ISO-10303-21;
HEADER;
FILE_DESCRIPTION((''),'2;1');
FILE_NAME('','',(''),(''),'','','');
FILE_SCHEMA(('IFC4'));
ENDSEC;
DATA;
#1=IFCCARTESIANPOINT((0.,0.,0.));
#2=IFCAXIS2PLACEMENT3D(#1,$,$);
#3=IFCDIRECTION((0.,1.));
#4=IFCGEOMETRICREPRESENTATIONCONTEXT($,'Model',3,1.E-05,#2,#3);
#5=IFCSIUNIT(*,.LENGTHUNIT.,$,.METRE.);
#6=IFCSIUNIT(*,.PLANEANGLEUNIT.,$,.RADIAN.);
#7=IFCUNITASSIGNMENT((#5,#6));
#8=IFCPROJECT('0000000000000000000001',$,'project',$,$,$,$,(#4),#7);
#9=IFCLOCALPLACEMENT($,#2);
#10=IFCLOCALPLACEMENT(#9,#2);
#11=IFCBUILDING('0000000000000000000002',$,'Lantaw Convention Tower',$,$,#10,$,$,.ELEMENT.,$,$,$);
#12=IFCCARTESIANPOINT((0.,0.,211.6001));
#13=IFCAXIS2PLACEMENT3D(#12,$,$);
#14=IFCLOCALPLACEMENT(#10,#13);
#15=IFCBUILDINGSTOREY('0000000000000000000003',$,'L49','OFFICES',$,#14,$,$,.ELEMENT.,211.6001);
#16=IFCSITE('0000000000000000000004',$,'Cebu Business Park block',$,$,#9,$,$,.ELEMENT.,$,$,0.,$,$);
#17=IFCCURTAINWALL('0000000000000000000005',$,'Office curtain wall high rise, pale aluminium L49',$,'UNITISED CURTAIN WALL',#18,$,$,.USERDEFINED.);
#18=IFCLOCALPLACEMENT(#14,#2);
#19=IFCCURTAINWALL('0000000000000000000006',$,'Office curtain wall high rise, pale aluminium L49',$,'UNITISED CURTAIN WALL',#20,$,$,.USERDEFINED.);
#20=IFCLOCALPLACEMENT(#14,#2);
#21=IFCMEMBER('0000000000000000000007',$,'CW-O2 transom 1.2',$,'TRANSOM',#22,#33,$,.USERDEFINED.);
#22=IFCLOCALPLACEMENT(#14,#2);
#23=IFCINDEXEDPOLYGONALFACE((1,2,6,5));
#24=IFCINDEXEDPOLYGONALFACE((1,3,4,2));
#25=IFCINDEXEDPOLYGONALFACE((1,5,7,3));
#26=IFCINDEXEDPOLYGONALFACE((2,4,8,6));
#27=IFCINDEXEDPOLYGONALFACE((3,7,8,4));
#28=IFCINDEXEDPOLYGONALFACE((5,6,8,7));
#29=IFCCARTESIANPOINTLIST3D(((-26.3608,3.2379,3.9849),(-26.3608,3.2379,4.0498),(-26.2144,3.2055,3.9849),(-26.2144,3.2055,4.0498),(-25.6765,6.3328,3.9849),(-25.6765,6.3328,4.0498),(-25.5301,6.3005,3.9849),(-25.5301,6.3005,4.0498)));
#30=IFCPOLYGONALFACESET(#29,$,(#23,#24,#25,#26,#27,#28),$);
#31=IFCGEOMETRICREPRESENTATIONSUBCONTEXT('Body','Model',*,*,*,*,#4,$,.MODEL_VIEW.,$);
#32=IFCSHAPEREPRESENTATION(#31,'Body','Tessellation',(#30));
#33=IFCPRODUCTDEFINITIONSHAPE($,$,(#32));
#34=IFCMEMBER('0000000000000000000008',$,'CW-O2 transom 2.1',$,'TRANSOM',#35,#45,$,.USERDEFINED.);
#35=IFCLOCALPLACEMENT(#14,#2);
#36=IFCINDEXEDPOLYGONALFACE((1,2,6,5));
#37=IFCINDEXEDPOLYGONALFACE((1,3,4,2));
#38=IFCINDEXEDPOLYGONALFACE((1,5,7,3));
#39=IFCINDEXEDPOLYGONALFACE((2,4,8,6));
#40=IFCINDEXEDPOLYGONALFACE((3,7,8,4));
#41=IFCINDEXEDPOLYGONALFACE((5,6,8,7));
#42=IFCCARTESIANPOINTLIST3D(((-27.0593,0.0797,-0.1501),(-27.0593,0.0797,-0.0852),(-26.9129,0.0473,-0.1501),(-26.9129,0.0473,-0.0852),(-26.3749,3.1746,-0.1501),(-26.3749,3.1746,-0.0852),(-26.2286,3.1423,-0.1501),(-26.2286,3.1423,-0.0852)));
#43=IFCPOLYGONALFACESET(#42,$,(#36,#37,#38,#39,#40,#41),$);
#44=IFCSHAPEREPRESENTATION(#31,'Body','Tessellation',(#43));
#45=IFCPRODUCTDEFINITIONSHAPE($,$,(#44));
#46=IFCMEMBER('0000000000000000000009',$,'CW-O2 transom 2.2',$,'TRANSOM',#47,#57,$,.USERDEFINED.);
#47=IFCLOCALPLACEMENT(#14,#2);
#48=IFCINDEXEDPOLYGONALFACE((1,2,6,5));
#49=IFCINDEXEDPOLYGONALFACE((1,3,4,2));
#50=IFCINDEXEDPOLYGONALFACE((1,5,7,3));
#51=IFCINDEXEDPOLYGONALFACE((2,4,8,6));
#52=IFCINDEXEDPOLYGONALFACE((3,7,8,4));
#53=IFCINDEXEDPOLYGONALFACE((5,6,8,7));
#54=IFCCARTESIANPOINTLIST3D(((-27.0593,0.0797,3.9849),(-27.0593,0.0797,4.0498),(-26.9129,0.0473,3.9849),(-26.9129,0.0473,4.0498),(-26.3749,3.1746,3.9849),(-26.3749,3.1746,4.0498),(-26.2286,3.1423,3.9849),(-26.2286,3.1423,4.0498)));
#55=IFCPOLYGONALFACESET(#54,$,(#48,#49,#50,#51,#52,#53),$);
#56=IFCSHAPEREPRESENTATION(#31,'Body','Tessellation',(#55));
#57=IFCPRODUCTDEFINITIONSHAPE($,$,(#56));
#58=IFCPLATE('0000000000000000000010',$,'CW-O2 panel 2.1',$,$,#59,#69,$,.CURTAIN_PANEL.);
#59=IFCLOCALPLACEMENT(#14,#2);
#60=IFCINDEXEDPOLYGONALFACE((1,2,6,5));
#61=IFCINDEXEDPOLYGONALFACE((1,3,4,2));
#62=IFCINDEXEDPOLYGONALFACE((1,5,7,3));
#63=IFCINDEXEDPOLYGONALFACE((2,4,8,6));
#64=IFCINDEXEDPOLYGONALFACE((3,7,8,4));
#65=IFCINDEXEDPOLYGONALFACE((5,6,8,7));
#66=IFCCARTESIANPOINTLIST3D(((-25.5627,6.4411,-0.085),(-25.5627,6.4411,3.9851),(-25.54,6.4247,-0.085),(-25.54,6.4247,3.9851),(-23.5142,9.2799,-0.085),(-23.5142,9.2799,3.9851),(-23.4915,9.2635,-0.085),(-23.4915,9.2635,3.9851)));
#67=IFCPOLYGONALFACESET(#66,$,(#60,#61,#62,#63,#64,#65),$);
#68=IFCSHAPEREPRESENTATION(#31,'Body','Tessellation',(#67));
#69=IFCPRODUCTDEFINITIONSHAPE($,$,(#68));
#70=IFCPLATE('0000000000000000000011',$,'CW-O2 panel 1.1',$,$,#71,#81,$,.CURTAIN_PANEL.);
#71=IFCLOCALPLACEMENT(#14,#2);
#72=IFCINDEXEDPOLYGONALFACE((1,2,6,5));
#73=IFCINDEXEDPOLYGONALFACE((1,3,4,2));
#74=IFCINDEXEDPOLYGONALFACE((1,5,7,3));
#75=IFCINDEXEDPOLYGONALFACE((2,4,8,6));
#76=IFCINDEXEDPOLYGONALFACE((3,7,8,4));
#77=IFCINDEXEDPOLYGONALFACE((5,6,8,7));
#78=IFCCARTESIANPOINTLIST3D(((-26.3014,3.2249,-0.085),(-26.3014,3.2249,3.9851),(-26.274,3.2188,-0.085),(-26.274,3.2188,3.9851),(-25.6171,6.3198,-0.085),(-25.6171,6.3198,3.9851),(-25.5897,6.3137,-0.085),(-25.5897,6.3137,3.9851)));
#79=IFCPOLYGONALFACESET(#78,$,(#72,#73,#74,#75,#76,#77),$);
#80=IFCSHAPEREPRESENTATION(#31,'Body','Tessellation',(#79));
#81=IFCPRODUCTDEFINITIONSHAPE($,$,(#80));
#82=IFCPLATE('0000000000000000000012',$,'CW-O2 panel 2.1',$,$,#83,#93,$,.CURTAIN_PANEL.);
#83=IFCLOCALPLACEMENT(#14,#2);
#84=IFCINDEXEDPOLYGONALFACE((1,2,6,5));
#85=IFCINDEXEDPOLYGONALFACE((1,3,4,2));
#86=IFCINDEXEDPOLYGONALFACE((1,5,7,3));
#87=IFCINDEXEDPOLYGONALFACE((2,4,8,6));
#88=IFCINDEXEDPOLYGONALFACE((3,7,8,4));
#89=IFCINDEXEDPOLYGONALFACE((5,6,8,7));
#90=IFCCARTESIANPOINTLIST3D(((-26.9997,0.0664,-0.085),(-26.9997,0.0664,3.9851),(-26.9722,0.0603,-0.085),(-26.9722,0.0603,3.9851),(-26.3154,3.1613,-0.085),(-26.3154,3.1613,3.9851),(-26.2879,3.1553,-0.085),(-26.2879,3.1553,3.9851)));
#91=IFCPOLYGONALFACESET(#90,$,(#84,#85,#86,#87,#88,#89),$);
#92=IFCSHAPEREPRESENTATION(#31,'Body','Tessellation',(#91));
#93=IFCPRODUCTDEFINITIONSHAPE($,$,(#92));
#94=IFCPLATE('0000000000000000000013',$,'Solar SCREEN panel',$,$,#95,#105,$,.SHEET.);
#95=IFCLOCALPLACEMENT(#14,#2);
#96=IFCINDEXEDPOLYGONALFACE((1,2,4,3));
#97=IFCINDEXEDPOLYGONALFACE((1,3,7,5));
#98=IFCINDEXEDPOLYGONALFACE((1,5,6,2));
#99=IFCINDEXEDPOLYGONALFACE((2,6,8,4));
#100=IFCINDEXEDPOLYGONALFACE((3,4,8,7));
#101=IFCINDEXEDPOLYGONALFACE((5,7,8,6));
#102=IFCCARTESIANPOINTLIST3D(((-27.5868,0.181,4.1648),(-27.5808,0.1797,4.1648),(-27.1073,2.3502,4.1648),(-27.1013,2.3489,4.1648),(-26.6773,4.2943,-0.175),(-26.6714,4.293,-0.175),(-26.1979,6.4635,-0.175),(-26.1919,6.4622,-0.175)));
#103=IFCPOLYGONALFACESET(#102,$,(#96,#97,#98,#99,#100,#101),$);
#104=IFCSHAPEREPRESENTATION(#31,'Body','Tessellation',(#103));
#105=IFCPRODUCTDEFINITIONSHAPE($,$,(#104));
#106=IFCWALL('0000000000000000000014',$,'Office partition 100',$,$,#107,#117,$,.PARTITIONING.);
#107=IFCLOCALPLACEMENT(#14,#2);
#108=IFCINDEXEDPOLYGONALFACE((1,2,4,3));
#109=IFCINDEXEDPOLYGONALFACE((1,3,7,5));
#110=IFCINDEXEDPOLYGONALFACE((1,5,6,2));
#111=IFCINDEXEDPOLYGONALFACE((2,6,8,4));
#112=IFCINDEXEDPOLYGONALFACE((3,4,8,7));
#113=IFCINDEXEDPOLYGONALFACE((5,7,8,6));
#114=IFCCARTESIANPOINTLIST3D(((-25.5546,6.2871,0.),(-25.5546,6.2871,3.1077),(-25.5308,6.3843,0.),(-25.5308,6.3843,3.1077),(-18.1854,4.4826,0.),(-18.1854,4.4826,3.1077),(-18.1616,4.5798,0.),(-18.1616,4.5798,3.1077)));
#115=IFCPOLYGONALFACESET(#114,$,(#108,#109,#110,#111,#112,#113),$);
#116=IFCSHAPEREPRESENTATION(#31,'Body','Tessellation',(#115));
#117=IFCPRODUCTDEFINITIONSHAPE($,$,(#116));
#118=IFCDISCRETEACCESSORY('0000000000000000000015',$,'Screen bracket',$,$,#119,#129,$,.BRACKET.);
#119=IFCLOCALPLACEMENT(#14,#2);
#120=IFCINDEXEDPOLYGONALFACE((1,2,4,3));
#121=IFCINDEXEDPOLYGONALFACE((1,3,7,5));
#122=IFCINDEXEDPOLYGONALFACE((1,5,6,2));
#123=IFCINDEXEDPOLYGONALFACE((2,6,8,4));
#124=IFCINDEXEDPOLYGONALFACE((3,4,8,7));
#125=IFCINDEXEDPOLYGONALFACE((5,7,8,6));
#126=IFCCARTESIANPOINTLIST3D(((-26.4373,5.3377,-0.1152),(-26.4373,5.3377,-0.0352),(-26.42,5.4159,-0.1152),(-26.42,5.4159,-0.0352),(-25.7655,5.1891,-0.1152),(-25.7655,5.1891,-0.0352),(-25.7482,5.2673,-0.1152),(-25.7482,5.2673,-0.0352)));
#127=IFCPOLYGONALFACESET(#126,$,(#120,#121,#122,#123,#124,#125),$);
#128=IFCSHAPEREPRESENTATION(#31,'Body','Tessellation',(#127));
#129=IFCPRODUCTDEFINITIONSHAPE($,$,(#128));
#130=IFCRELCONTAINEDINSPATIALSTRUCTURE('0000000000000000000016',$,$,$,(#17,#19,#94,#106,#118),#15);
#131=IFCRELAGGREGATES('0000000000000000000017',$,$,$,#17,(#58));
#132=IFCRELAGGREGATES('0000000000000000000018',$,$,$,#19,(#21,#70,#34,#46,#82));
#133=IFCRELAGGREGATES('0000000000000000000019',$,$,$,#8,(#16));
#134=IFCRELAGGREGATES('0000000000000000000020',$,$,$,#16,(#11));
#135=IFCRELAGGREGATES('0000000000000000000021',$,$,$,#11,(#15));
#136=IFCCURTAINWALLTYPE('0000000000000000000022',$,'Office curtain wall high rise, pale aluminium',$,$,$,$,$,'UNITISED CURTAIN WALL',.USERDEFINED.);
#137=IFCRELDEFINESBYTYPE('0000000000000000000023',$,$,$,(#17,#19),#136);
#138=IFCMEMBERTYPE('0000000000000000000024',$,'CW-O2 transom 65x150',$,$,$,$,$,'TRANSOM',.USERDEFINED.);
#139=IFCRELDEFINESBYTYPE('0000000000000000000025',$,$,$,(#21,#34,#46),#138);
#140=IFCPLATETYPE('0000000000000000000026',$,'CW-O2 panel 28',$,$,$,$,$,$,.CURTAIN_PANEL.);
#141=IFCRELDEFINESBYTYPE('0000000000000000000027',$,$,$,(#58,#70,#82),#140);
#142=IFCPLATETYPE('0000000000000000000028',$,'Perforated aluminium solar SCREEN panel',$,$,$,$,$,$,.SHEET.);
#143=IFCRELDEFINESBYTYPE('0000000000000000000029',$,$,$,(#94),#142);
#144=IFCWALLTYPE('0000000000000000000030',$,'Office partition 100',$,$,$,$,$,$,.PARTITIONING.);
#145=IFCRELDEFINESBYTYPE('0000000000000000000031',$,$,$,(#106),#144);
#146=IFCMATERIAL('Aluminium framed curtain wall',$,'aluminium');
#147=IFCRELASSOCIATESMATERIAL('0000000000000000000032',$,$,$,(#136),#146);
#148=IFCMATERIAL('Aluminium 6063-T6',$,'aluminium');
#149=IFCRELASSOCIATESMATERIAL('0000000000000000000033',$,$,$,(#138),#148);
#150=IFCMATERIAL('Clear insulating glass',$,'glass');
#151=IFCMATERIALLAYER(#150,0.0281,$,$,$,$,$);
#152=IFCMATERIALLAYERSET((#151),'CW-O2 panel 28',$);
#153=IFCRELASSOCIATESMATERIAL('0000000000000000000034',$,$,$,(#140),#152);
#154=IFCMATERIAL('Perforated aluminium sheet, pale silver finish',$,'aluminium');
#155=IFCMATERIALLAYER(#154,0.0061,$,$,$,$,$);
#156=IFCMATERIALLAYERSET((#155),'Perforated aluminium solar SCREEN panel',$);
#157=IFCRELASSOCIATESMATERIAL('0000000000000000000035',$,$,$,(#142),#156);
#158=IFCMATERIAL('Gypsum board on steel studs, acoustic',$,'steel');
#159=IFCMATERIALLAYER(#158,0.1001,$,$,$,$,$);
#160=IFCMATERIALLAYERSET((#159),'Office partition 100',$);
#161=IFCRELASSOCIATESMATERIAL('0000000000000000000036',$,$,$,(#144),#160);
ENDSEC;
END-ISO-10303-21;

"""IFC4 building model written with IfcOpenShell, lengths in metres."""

from ifc_helpers import new_model, si_unit, direction, frame, frame_2d, origin, origin_2d, place, context, subcontext, project, spatial, polyline, rectangle, outline, extrude, material, layer, layer_set, material_profile, profile_set, type_object, element, aggregate, save


model = new_model("IFC4")

# Units and contexts
model_context = context("Model", 3, precision=1e-05, world=origin(), true_north=direction((0.0, 1.0)))
body_context = subcontext(model_context, "Body", "Model", "MODEL_VIEW")
ifc_project = project(units=[si_unit("LENGTHUNIT", "METRE"), si_unit("PLANEANGLEUNIT", "RADIAN")], contexts=[model_context])

# Site, building, storey
site_placement = place(None, origin())
site = spatial("IfcSite", under=ifc_project, at=site_placement, Name="Cebu Business Park block", CompositionType="ELEMENT", RefElevation=0.0)
building_placement = place(site_placement, origin())
building = spatial("IfcBuilding", under=site, at=building_placement, Name="Lantaw Convention Tower", CompositionType="ELEMENT")
storey_placement = place(building_placement, frame((0.0, 0.0, 211.6001)))
storey = spatial("IfcBuildingStorey", under=building, at=storey_placement, Name="L49", Description="OFFICES", CompositionType="ELEMENT", Elevation=211.6001)

# Curtain wall
ifc_material_1 = material(Name="Aluminium framed curtain wall", Category="aluminium")
curtain_wall_type = type_object("IfcCurtainWallType", Name="Office curtain wall high rise, pale aluminium", ElementType="UNITISED CURTAIN WALL", PredefinedType="USERDEFINED", material=ifc_material_1)
curtain_wall_1_placement = place(storey_placement, origin())
curtain_wall_1 = element("IfcCurtainWall", 1, at=curtain_wall_1_placement, inside=storey, type_object=curtain_wall_type, Name="Office curtain wall high rise, pale aluminium L49", ObjectType="UNITISED CURTAIN WALL", PredefinedType="USERDEFINED")
ifc_material_2 = material(Name="Aluminium 6063-T6", Category="aluminium")

# Curtain wall, members
curtain_wall_2_placement = place(storey_placement, origin())
curtain_wall_2 = element("IfcCurtainWall", 2, at=curtain_wall_2_placement, inside=storey, type_object=curtain_wall_type, Name="Office curtain wall high rise, pale aluminium L49", ObjectType="UNITISED CURTAIN WALL", PredefinedType="USERDEFINED")
ifc_material_profile_1 = material_profile(ifc_material_2, rectangle(XDim=0.1499, YDim=0.0649, at=origin_2d()), Name="CW-O2 transom 65x150")
ifc_profile_set_1 = profile_set([ifc_material_profile_1], Name="Aluminium 6063-T6")
member_type_1 = type_object("IfcMemberType", Name="CW-O2 transom 65x150", ElementType="TRANSOM", PredefinedType="USERDEFINED", material=ifc_profile_set_1)
member_1_placement = place(storey_placement, frame((-25.6033, 6.3167, 4.0173), z_axis=(-0.215895, -0.976417, 0.0), x_axis=(0.976417, -0.215895, 0.0)))
member_1 = element("IfcMember", 3, at=member_1_placement, type_object=member_type_1, Name="CW-O2 transom 1.2", ObjectType="TRANSOM", PredefinedType="USERDEFINED", context=body_context, shape_type="SweptSolid", body=[
    extrude(rectangle(XDim=0.1499, YDim=0.0649, at=origin_2d()), origin(), (0.0, 0.0, 1.0), 3.1697),
])
member_2_placement = place(storey_placement, frame((-26.3018, 3.1584, -0.1177), z_axis=(-0.215895, -0.976417, 0.0), x_axis=(0.976417, -0.215895, 0.0)))
member_2 = element("IfcMember", 4, at=member_2_placement, type_object=member_type_1, Name="CW-O2 transom 2.1", ObjectType="TRANSOM", PredefinedType="USERDEFINED", context=body_context, shape_type="SweptSolid", body=[
    extrude(rectangle(XDim=0.1499, YDim=0.0649, at=origin_2d()), origin(), (0.0, 0.0, 1.0), 3.1697),
])
member_3_placement = place(storey_placement, frame((-26.3018, 3.1584, 4.0173), z_axis=(-0.215895, -0.976417, 0.0), x_axis=(0.976417, -0.215895, 0.0)))
member_3 = element("IfcMember", 5, at=member_3_placement, type_object=member_type_1, Name="CW-O2 transom 2.2", ObjectType="TRANSOM", PredefinedType="USERDEFINED", context=body_context, shape_type="SweptSolid", body=[
    extrude(rectangle(XDim=0.1499, YDim=0.0649, at=origin_2d()), origin(), (0.0, 0.0, 1.0), 3.1697),
])

# Plates
ifc_material_3 = material(Name="Clear insulating glass", Category="glass")
ifc_layer_1 = layer(ifc_material_3, 0.0281)
ifc_layer_set_1 = layer_set([ifc_layer_1], Name="CW-O2 panel 28")
plate_type_1 = type_object("IfcPlateType", Name="CW-O2 panel 28", PredefinedType="CURTAIN_PANEL", material=ifc_layer_set_1)
plate_1_placement = place(storey_placement, frame((-24.5271, 7.8523, -0.085), z_axis=(0.0, 0.0, 1.0), x_axis=(-0.585158, -0.81092, 0.0)))
plate_1 = element("IfcPlate", 6, at=plate_1_placement, type_object=plate_type_1, Name="CW-O2 panel 2.1", PredefinedType="CURTAIN_PANEL", context=body_context, shape_type="SweptSolid", body=[
    extrude(rectangle(XDim=3.5007, YDim=0.0281, at=origin_2d()), origin(), (0.0, 0.0, 1.0), 4.0701),
])
aggregate(curtain_wall_1, [plate_1])
plate_2_placement = place(storey_placement, frame((-25.9456, 4.7693, -0.085), z_axis=(0.0, 0.0, 1.0), x_axis=(-0.215891, -0.976417, 0.0)))
plate_2 = element("IfcPlate", 7, at=plate_2_placement, type_object=plate_type_1, Name="CW-O2 panel 1.1", PredefinedType="CURTAIN_PANEL", context=body_context, shape_type="SweptSolid", body=[
    extrude(rectangle(XDim=3.1697, YDim=0.0281, at=origin_2d()), origin(), (0.0, 0.0, 1.0), 4.0701),
])
plate_3_placement = place(storey_placement, frame((-26.6438, 1.6108, -0.085), z_axis=(0.0, 0.0, 1.0), x_axis=(-0.215891, -0.976417, 0.0)))
plate_3 = element("IfcPlate", 8, at=plate_3_placement, type_object=plate_type_1, Name="CW-O2 panel 2.1", PredefinedType="CURTAIN_PANEL", context=body_context, shape_type="SweptSolid", body=[
    extrude(rectangle(XDim=3.1697, YDim=0.0281, at=origin_2d()), origin(), (0.0, 0.0, 1.0), 4.0701),
])
aggregate(curtain_wall_2, [member_1, plate_2, member_2, member_3, plate_3])
ifc_material_4 = material(Name="Perforated aluminium sheet, pale silver finish", Category="aluminium")
ifc_layer_2 = layer(ifc_material_4, 0.0061)
ifc_layer_set_2 = layer_set([ifc_layer_2], Name="Perforated aluminium solar SCREEN panel")
plate_type_2 = type_object("IfcPlateType", Name="Perforated aluminium solar SCREEN panel", PredefinedType="SHEET", material=ifc_layer_set_2)
plate_4_placement = place(storey_placement, frame((-26.1919, 6.4622, -0.175), z_axis=(0.97643, -0.215837, 0.000044), x_axis=(-0.215837, -0.97643, 0.0)))
element("IfcPlate", 9, at=plate_4_placement, inside=storey, type_object=plate_type_2, Name="Solar SCREEN panel", PredefinedType="SHEET", context=body_context, shape_type="SweptSolid", body=[
    extrude(outline(polyline([(0.0, 0.0), (2.2216, 0.0), (6.4342, -4.3398), (4.2126, -4.3398), (0.0, 0.0)])), origin(), (0.0, 0.0, -1.0), 0.0061),
])

# Wall
ifc_material_5 = material(Name="Gypsum board on steel studs, acoustic", Category="steel")
ifc_layer_3 = layer(ifc_material_5, 0.1001)
ifc_layer_set_3 = layer_set([ifc_layer_3], Name="Office partition 100")
wall_type = type_object("IfcWallType", Name="Office partition 100", PredefinedType="PARTITIONING", material=ifc_layer_set_3)
wall_placement = place(storey_placement, frame((-25.5427, 6.3357, 0.0), z_axis=(0.0, 0.0, 1.0), x_axis=(0.971305, -0.237838, 0.0)))
element("IfcWall", 10, at=wall_placement, inside=storey, type_object=wall_type, Name="Office partition 100", PredefinedType="PARTITIONING", context=body_context, shape_type="SweptSolid", body=[
    extrude(rectangle(XDim=7.5869, YDim=0.1001, at=frame_2d((3.7935, 0.0))), origin(), (0.0, 0.0, 1.0), 3.1077),
])

# Discrete accessory
discrete_accessory_placement = place(storey_placement, frame((-26.0928, 5.3025, -0.1152), z_axis=(0.0, 0.0, 1.0), x_axis=(-0.215891, -0.976417, 0.0)))
element("IfcDiscreteAccessory", 11, at=discrete_accessory_placement, inside=storey, Name="Screen bracket", PredefinedType="BRACKET", context=body_context, shape_type="SweptSolid", body=[
    extrude(rectangle(XDim=0.0801, YDim=0.688, at=origin_2d()), origin(), (0.0, 0.0, 1.0), 0.0801),
])

save(model, "model.ifc")
